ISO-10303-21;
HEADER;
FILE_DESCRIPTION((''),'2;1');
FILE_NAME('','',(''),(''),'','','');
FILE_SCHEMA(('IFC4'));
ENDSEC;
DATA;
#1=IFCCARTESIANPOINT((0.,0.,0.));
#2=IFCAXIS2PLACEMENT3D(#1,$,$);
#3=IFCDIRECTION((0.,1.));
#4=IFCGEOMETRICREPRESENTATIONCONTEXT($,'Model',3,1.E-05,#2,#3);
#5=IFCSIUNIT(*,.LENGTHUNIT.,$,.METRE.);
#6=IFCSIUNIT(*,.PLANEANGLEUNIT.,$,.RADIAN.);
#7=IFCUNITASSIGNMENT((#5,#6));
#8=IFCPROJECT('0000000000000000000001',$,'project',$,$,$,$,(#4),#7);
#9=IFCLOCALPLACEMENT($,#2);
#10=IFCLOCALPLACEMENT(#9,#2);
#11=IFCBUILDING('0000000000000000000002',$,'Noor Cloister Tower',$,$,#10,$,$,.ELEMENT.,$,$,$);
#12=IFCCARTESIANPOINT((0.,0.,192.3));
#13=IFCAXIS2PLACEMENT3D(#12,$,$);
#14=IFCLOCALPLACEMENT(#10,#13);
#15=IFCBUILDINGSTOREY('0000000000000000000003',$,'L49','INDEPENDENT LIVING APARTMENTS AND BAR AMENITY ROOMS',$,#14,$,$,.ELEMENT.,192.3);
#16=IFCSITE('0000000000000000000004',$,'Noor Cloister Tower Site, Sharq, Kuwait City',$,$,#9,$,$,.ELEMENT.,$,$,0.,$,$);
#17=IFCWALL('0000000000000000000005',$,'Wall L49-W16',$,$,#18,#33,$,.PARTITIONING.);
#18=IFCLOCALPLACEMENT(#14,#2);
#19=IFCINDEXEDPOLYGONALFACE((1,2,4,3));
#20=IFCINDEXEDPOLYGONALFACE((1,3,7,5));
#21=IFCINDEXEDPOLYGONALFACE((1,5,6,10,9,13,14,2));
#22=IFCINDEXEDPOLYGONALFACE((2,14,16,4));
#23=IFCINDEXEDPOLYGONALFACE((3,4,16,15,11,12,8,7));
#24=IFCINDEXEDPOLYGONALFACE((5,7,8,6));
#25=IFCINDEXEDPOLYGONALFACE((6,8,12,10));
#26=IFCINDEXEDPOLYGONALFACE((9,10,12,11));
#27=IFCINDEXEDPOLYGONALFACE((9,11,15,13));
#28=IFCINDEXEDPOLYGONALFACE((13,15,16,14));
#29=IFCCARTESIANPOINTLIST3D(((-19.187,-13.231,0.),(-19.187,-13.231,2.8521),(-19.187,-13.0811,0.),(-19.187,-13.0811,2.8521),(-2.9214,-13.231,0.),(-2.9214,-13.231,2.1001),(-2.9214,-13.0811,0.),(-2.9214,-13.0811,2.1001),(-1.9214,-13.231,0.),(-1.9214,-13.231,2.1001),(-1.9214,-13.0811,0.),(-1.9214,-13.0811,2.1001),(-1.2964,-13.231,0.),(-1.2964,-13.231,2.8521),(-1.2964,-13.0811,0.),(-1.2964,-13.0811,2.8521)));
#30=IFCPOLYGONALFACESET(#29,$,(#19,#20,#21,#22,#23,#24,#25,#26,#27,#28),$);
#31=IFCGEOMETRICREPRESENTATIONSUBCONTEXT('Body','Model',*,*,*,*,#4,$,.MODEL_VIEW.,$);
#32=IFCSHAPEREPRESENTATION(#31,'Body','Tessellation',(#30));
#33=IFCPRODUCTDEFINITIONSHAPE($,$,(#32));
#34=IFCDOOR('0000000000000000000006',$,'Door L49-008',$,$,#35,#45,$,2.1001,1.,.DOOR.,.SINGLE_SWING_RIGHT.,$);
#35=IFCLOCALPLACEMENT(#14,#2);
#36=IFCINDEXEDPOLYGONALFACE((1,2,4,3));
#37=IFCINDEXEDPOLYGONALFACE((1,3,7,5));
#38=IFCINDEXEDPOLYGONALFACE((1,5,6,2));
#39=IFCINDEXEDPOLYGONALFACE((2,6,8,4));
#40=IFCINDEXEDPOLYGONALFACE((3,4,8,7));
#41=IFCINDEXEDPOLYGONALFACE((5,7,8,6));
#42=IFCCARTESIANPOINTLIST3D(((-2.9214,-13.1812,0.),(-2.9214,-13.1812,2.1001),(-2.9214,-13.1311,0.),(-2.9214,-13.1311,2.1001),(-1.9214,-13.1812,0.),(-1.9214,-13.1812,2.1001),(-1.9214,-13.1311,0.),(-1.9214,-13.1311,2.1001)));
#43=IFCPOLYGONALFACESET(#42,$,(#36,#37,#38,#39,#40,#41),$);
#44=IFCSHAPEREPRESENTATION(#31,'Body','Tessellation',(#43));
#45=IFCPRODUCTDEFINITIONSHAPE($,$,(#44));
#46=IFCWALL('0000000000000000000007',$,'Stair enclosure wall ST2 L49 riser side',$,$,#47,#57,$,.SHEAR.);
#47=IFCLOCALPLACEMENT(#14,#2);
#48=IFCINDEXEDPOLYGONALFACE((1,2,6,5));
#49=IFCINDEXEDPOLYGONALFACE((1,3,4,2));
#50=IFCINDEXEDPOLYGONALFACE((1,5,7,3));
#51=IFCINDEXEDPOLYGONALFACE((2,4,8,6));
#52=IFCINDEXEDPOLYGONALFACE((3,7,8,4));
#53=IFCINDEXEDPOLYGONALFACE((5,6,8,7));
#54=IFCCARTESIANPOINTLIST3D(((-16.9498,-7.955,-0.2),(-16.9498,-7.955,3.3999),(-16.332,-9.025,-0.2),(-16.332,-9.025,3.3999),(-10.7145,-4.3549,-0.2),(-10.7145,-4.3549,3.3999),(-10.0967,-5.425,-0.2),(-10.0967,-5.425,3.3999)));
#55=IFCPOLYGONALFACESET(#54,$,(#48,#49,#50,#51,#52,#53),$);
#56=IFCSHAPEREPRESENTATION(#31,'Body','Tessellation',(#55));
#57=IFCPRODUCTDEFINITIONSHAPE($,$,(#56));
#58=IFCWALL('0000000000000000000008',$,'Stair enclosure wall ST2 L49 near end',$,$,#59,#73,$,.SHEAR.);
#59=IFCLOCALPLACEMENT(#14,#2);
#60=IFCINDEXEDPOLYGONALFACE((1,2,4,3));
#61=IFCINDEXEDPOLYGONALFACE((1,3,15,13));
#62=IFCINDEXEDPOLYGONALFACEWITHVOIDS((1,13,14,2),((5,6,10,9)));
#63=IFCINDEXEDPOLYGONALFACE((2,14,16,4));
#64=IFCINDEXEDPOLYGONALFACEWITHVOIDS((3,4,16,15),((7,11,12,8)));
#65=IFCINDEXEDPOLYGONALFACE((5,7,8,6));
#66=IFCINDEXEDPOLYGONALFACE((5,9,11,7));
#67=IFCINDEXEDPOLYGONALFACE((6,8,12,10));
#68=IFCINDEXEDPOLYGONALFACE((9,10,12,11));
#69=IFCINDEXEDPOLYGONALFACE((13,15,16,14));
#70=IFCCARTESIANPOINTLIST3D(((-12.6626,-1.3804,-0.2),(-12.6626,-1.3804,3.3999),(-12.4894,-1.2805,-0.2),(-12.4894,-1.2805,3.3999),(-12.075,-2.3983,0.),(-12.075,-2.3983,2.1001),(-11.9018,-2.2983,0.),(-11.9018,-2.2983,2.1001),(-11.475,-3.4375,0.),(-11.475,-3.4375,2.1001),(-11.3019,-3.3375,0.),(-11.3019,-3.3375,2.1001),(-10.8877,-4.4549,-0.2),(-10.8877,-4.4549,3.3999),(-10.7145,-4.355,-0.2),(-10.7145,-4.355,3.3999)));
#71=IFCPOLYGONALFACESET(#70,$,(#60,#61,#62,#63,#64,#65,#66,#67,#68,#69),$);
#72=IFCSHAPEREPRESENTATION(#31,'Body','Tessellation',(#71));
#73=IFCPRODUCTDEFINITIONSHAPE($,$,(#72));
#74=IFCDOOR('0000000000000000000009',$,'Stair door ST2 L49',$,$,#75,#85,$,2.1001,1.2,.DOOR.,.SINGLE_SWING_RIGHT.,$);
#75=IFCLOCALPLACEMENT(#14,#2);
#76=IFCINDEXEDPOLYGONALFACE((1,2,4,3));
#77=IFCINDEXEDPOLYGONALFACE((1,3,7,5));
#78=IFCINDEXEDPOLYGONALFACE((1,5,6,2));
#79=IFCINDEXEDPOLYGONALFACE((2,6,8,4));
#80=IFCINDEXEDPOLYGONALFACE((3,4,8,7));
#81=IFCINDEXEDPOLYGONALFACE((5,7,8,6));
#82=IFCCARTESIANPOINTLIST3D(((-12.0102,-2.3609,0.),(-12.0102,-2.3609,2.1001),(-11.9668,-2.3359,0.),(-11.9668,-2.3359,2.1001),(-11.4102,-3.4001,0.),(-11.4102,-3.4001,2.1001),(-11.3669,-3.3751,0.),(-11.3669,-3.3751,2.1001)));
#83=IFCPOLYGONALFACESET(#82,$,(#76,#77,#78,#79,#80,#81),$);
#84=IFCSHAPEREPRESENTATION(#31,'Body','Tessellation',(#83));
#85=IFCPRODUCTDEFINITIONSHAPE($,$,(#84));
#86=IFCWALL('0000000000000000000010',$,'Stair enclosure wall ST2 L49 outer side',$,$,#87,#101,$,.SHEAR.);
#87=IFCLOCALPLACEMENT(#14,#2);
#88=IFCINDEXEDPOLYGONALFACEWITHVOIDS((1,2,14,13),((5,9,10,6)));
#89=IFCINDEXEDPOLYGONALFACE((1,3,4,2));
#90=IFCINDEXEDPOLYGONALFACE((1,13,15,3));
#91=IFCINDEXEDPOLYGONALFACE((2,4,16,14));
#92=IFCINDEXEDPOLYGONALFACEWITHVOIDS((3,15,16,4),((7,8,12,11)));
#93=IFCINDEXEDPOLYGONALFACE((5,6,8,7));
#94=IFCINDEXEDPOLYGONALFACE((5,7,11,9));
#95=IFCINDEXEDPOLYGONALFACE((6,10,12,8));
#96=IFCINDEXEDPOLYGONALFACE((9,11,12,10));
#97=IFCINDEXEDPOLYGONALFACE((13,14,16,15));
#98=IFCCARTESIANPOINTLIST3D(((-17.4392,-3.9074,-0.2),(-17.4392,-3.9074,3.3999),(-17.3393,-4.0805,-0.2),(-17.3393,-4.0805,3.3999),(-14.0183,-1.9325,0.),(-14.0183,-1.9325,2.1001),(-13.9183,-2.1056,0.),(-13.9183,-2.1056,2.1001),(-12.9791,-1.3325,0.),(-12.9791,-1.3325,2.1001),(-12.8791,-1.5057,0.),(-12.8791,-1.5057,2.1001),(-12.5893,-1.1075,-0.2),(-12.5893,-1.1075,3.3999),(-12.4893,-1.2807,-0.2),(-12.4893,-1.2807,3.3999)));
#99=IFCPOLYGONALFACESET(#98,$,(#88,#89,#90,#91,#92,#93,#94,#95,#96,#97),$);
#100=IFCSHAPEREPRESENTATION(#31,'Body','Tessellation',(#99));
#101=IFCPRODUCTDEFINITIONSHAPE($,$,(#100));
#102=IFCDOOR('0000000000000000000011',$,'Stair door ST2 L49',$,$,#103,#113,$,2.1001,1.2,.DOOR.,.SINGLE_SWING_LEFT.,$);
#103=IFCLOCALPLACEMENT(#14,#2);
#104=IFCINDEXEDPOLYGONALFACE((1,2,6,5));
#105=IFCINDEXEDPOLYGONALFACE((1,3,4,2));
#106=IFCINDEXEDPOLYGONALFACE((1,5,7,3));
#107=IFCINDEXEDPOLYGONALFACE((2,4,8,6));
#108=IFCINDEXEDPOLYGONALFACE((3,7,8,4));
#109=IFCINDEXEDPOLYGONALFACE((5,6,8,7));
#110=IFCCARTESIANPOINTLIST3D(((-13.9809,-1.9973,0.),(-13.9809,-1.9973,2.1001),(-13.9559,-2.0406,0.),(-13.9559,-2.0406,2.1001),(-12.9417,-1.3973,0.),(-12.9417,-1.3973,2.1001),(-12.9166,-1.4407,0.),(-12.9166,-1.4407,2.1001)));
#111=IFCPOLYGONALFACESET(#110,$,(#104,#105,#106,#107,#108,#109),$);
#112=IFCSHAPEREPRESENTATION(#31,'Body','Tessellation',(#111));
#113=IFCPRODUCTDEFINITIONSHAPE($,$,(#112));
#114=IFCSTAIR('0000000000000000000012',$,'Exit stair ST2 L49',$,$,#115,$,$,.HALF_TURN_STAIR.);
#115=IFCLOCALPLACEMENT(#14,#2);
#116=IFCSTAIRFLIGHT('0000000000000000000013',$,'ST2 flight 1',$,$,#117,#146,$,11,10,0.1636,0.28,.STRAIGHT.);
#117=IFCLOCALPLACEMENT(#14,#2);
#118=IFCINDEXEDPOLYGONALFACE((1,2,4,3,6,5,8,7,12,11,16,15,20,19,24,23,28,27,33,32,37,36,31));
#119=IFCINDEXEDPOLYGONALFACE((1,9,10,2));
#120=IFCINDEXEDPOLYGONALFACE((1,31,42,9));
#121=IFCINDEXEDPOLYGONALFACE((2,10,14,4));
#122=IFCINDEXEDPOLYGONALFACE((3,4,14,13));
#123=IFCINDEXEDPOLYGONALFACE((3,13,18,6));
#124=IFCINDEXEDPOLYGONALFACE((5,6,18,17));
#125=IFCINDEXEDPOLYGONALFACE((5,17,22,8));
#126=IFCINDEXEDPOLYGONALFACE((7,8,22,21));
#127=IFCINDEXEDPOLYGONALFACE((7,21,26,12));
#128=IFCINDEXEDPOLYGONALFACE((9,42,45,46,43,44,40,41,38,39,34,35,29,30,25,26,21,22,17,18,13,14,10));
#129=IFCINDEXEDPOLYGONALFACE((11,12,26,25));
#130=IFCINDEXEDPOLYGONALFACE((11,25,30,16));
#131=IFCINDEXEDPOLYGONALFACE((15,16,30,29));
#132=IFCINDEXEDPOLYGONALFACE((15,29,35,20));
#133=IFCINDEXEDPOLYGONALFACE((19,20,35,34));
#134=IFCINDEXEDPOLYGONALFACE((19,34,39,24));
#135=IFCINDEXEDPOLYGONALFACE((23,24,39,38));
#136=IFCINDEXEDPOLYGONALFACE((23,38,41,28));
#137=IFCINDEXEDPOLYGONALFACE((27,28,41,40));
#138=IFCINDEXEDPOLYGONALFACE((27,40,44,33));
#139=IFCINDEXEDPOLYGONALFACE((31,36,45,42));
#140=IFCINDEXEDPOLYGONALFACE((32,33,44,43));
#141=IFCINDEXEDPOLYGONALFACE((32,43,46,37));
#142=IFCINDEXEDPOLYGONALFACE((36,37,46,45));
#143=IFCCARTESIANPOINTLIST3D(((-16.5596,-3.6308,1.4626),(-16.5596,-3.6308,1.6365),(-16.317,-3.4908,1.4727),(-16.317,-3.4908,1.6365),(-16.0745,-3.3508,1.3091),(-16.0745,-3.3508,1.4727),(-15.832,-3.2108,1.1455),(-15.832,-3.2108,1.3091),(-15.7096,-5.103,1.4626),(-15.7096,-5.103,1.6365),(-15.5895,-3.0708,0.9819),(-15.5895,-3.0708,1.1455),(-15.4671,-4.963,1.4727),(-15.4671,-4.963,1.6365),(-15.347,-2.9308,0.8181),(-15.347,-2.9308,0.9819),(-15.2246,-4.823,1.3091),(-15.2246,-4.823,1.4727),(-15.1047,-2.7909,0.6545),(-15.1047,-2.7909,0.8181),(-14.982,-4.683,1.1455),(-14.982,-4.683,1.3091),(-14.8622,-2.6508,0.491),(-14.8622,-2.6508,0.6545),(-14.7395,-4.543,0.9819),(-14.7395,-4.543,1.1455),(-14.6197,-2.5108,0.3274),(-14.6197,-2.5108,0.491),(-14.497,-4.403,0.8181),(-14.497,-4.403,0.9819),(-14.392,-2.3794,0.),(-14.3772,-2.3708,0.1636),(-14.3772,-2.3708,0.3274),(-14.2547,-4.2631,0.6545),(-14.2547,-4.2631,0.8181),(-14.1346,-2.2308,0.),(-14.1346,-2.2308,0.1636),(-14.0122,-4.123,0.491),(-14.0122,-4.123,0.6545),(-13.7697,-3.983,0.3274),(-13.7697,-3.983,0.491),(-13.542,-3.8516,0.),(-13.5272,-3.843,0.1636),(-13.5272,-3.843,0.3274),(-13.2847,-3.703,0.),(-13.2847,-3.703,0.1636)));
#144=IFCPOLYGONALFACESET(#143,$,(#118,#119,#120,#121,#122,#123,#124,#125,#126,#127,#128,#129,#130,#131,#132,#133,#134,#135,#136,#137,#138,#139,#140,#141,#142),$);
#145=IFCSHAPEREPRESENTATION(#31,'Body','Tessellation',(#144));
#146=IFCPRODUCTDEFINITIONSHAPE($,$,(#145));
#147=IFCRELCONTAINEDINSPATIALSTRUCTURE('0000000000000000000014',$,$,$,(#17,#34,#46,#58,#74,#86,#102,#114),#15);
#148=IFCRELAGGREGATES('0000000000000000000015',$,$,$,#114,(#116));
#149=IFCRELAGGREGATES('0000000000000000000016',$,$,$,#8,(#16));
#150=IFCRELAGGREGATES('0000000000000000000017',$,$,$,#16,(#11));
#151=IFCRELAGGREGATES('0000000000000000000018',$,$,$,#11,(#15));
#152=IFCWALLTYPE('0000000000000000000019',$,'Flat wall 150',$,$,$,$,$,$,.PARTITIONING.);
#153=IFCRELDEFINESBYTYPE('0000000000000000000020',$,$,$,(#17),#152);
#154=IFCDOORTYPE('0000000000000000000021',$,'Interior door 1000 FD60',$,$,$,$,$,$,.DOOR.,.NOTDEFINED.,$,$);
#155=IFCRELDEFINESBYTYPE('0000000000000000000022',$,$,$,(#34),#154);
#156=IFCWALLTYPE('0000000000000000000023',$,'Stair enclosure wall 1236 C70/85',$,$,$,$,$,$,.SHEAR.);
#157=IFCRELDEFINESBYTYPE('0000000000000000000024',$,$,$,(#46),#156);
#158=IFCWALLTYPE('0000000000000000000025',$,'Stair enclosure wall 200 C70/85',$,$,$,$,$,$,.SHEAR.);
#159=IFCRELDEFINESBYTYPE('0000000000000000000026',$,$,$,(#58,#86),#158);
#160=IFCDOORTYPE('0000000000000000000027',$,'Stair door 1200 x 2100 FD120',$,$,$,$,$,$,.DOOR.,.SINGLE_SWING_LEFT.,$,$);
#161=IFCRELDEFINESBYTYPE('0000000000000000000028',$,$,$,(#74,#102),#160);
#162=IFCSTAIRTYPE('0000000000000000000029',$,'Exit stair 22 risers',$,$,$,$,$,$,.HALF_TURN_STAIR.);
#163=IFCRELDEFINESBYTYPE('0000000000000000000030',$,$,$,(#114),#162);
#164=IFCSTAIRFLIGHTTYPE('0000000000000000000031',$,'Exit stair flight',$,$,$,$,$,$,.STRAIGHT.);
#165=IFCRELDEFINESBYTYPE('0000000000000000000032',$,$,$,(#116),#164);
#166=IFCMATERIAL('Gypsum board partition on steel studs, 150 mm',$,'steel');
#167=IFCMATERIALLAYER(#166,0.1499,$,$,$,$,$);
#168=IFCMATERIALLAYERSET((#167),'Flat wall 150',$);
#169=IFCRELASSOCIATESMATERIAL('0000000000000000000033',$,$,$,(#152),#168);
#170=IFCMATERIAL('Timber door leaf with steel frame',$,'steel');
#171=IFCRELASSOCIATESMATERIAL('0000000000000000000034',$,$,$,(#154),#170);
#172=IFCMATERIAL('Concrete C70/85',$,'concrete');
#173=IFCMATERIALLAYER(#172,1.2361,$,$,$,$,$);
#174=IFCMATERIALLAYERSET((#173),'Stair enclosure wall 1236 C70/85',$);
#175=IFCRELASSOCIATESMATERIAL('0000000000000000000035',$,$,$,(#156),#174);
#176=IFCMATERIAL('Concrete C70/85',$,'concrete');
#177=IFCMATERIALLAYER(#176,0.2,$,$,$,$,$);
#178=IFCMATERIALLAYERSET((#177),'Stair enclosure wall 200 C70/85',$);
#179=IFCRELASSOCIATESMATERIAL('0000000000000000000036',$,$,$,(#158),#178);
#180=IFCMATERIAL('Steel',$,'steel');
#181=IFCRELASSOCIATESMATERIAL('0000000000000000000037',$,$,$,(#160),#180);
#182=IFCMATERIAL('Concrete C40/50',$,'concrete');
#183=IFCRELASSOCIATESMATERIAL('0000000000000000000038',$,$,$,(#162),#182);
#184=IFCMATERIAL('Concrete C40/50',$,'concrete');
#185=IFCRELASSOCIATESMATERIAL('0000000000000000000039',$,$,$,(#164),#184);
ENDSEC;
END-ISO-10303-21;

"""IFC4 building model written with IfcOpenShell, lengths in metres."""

from ifc_helpers import new_model, si_unit, direction, frame, frame_2d, origin, place, context, subcontext, project, spatial, polyline, rectangle, outline, extrude, material, layer, layer_set, type_object, element, fill, aggregate, save


model = new_model("IFC4")

# Units and contexts
model_context = context("Model", 3, precision=1e-05, world=origin(), true_north=direction((0.0, 1.0)))
body_context = subcontext(model_context, "Body", "Model", "MODEL_VIEW")
ifc_project = project(units=[si_unit("LENGTHUNIT", "METRE"), si_unit("PLANEANGLEUNIT", "RADIAN")], contexts=[model_context])

# Site, building, storey
site_placement = place(None, origin())
site = spatial("IfcSite", under=ifc_project, at=site_placement, Name="Noor Cloister Tower Site, Sharq, Kuwait City", CompositionType="ELEMENT", RefElevation=0.0)
building_placement = place(site_placement, origin())
building = spatial("IfcBuilding", under=site, at=building_placement, Name="Noor Cloister Tower", CompositionType="ELEMENT")
storey_placement = place(building_placement, frame((0.0, 0.0, 192.3)))
storey = spatial("IfcBuildingStorey", under=building, at=storey_placement, Name="L49", Description="INDEPENDENT LIVING APARTMENTS AND BAR AMENITY ROOMS", CompositionType="ELEMENT", Elevation=192.3)

# Wall, opening, door
ifc_material_1 = material(Name="Gypsum board partition on steel studs, 150 mm", Category="steel")
ifc_layer_1 = layer(ifc_material_1, 0.1499)
ifc_layer_set_1 = layer_set([ifc_layer_1], Name="Flat wall 150")
wall_type_1 = type_object("IfcWallType", Name="Flat wall 150", PredefinedType="PARTITIONING", material=ifc_layer_set_1)
ifc_material_2 = material(Name="Timber door leaf with steel frame", Category="steel")
door_type_1 = type_object("IfcDoorType", Name="Interior door 1000 FD60", OperationType="NOTDEFINED", PredefinedType="DOOR", material=ifc_material_2)
wall_1_placement = place(storey_placement, frame((-19.187, -13.156, 0.0), z_axis=(0.0, 0.0, 1.0), x_axis=(1.0, 0.0, 0.0)))
wall_1 = element("IfcWall", 1, at=wall_1_placement, inside=storey, type_object=wall_type_1, Name="Wall L49-W16", PredefinedType="PARTITIONING", context=body_context, shape_type="SweptSolid", body=[
    extrude(rectangle(XDim=17.8906, YDim=0.1499, at=frame_2d((8.9453, 0.0))), origin(), (0.0, 0.0, 1.0), 2.8521),
])
opening_1_placement = place(wall_1_placement, frame((16.2656, 0.0, 0.0)))
opening_1 = element("IfcOpeningElement", 2, at=opening_1_placement, cuts=wall_1, PredefinedType="OPENING", context=body_context, shape_type="SweptSolid", body=[
    extrude(rectangle(XDim=1.0, YDim=2.1001, at=frame_2d((0.5, 1.05))), frame((0.0, 0.085, 0.0), z_axis=(0.0, -1.0, 0.0), x_axis=(1.0, 0.0, 0.0)), (0.0, 0.0, 1.0), 0.1699),
])
door_1_placement = place(opening_1_placement, origin())
door_1 = element("IfcDoor", 3, at=door_1_placement, inside=storey, type_object=door_type_1, Name="Door L49-008", OperationType="SINGLE_SWING_RIGHT", OverallHeight=2.1001, OverallWidth=1.0, PredefinedType="DOOR", context=body_context, shape_type="SweptSolid", body=[
    extrude(rectangle(XDim=1.0, YDim=2.1001, at=frame_2d((0.5, 1.05))), frame((0.0, 0.0249, 0.0), z_axis=(0.0, -1.0, 0.0), x_axis=(1.0, 0.0, 0.0)), (0.0, 0.0, 1.0), 0.05),
])
fill(opening_1, door_1)

# Wall
ifc_material_3 = material(Name="Concrete C70/85", Category="concrete")
ifc_layer_2 = layer(ifc_material_3, 1.2361)
ifc_layer_set_2 = layer_set([ifc_layer_2], Name="Stair enclosure wall 1236 C70/85")
wall_type_2 = type_object("IfcWallType", Name="Stair enclosure wall 1236 C70/85", PredefinedType="SHEAR", material=ifc_layer_set_2)
wall_2_placement = place(storey_placement, frame((-10.4055, -4.8899, -0.2), z_axis=(0.0, 0.0, 1.0), x_axis=(-0.866018, -0.500012, 0.0)))
element("IfcWall", 4, at=wall_2_placement, inside=storey, type_object=wall_type_2, Name="Stair enclosure wall ST2 L49 riser side", PredefinedType="SHEAR", context=body_context, shape_type="SweptSolid", body=[
    extrude(rectangle(XDim=7.2, YDim=1.2356, at=frame_2d((3.6001, 0.0))), origin(), (0.0, 0.0, 1.0), 3.5999),
])

# Walls, openings, doors
ifc_material_4 = material(Name="Concrete C70/85", Category="concrete")
ifc_layer_3 = layer(ifc_material_4, 0.2)
ifc_layer_set_3 = layer_set([ifc_layer_3], Name="Stair enclosure wall 200 C70/85")
wall_type_3 = type_object("IfcWallType", Name="Stair enclosure wall 200 C70/85", PredefinedType="SHEAR", material=ifc_layer_set_3)
wall_3_placement = place(storey_placement, frame((-12.5759, -1.3306, -0.2), z_axis=(0.0, 0.0, 1.0), x_axis=(0.49997, -0.866042, 0.0)))
wall_3 = element("IfcWall", 5, at=wall_3_placement, inside=storey, type_object=wall_type_3, Name="Stair enclosure wall ST2 L49 near end", PredefinedType="SHEAR", context=body_context, shape_type="SweptSolid", body=[
    extrude(rectangle(XDim=3.55, YDim=0.2, at=frame_2d((1.7749, 0.0))), origin(), (0.0, 0.0, 1.0), 3.5999),
])
opening_2_placement = place(wall_3_placement, frame((1.175, 0.0, 0.2)))
opening_2 = element("IfcOpeningElement", 6, at=opening_2_placement, cuts=wall_3, PredefinedType="OPENING", context=body_context, shape_type="SweptSolid", body=[
    extrude(rectangle(XDim=1.2, YDim=2.1001, at=frame_2d((0.6001, 1.05))), frame((0.0, 0.1099, 0.0), z_axis=(0.0, -1.0, 0.0), x_axis=(1.0, 0.0, 0.0)), (0.0, 0.0, 1.0), 0.22),
])
ifc_material_5 = material(Name="Steel", Category="steel")
door_type_2 = type_object("IfcDoorType", Name="Stair door 1200 x 2100 FD120", OperationType="SINGLE_SWING_LEFT", PredefinedType="DOOR", material=ifc_material_5)
door_2_placement = place(opening_2_placement, origin())
door_2 = element("IfcDoor", 7, at=door_2_placement, inside=storey, type_object=door_type_2, Name="Stair door ST2 L49", OperationType="SINGLE_SWING_RIGHT", OverallHeight=2.1001, OverallWidth=1.2, PredefinedType="DOOR", context=body_context, shape_type="SweptSolid", body=[
    extrude(rectangle(XDim=1.2, YDim=2.1001, at=frame_2d((0.6001, 1.05))), frame((0.0, 0.0249, 0.0), z_axis=(0.0, -1.0, 0.0), x_axis=(1.0, 0.0, 0.0)), (0.0, 0.0, 1.0), 0.05),
])
fill(opening_2, door_2)
wall_4_placement = place(storey_placement, frame((-12.5393, -1.1941, -0.2), z_axis=(0.0, 0.0, 1.0), x_axis=(-0.866045, -0.499965, 0.0)))
wall_4 = element("IfcWall", 8, at=wall_4_placement, inside=storey, type_object=wall_type_3, Name="Stair enclosure wall ST2 L49 outer side", PredefinedType="SHEAR", context=body_context, shape_type="SweptSolid", body=[
    extrude(rectangle(XDim=5.6001, YDim=0.2, at=frame_2d((2.8, 0.0))), origin(), (0.0, 0.0, 1.0), 3.5999),
])
opening_3_placement = place(wall_4_placement, frame((0.45, 0.0, 0.2)))
opening_3 = element("IfcOpeningElement", 9, at=opening_3_placement, cuts=wall_4, PredefinedType="OPENING", context=body_context, shape_type="SweptSolid", body=[
    extrude(rectangle(XDim=1.2, YDim=2.1001, at=frame_2d((0.6001, 1.05))), frame((0.0, 0.1099, 0.0), z_axis=(0.0, -1.0, 0.0), x_axis=(1.0, 0.0, 0.0)), (0.0, 0.0, 1.0), 0.22),
])
door_3_placement = place(opening_3_placement, origin())
door_3 = element("IfcDoor", 10, at=door_3_placement, inside=storey, type_object=door_type_2, Name="Stair door ST2 L49", OperationType="SINGLE_SWING_LEFT", OverallHeight=2.1001, OverallWidth=1.2, PredefinedType="DOOR", context=body_context, shape_type="SweptSolid", body=[
    extrude(rectangle(XDim=1.2, YDim=2.1001, at=frame_2d((0.6001, 1.05))), frame((0.0, 0.0249, 0.0), z_axis=(0.0, -1.0, 0.0), x_axis=(1.0, 0.0, 0.0)), (0.0, 0.0, 1.0), 0.05),
])
fill(opening_3, door_3)

# Stair, stair flight
ifc_material_6 = material(Name="Concrete C40/50", Category="concrete")
stair_type = type_object("IfcStairType", Name="Exit stair 22 risers", PredefinedType="HALF_TURN_STAIR", material=ifc_material_6)
stair_placement = place(storey_placement, origin())
stair = element("IfcStair", 11, at=stair_placement, inside=storey, type_object=stair_type, Name="Exit stair ST2 L49", PredefinedType="HALF_TURN_STAIR")
ifc_material_7 = material(Name="Concrete C40/50", Category="concrete")
stair_flight_type = type_object("IfcStairFlightType", Name="Exit stair flight", PredefinedType="STRAIGHT", material=ifc_material_7)
stair_flight_1_placement = place(storey_placement, frame((-13.7097, -2.9668, 0.0), z_axis=(0.0, 0.0, 1.0), x_axis=(-0.866025, -0.5, 0.0)))
stair_flight_1 = element("IfcStairFlight", 12, at=stair_flight_1_placement, type_object=stair_flight_type, Name="ST2 flight 1", NumberOfRisers=11, NumberOfTreads=10, PredefinedType="STRAIGHT", RiserHeight=0.1636, TreadLength=0.28, context=body_context, shape_type="SweptSolid", body=[
    extrude(outline(polyline([(0.0, 0.0), (0.0, 0.1636), (0.28, 0.1636), (0.28, 0.3274), (0.5601, 0.3274), (0.5601, 0.491), (0.8401, 0.491), (0.8401, 0.6545), (1.1201, 0.6545), (1.1201, 0.8181), (1.3999, 0.8181), (1.3999, 0.9819), (1.6799, 0.9819), (1.6799, 1.1455), (1.96, 1.1455), (1.96, 1.3091), (2.24, 1.3091), (2.24, 1.4727), (2.52, 1.4727), (2.52, 1.6365), (2.8, 1.6365), (2.8, 1.8), (2.8, 1.4626), (0.2971, 0.0), (0.0, 0.0)])), frame((0.0, 0.8501, 0.0), z_axis=(0.0, -1.0, 0.0), x_axis=(1.0, 0.0, 0.0)), (0.0, 0.0, 1.0), 1.7),
])
aggregate(stair, [stair_flight_1])

save(model, "model.ifc")
